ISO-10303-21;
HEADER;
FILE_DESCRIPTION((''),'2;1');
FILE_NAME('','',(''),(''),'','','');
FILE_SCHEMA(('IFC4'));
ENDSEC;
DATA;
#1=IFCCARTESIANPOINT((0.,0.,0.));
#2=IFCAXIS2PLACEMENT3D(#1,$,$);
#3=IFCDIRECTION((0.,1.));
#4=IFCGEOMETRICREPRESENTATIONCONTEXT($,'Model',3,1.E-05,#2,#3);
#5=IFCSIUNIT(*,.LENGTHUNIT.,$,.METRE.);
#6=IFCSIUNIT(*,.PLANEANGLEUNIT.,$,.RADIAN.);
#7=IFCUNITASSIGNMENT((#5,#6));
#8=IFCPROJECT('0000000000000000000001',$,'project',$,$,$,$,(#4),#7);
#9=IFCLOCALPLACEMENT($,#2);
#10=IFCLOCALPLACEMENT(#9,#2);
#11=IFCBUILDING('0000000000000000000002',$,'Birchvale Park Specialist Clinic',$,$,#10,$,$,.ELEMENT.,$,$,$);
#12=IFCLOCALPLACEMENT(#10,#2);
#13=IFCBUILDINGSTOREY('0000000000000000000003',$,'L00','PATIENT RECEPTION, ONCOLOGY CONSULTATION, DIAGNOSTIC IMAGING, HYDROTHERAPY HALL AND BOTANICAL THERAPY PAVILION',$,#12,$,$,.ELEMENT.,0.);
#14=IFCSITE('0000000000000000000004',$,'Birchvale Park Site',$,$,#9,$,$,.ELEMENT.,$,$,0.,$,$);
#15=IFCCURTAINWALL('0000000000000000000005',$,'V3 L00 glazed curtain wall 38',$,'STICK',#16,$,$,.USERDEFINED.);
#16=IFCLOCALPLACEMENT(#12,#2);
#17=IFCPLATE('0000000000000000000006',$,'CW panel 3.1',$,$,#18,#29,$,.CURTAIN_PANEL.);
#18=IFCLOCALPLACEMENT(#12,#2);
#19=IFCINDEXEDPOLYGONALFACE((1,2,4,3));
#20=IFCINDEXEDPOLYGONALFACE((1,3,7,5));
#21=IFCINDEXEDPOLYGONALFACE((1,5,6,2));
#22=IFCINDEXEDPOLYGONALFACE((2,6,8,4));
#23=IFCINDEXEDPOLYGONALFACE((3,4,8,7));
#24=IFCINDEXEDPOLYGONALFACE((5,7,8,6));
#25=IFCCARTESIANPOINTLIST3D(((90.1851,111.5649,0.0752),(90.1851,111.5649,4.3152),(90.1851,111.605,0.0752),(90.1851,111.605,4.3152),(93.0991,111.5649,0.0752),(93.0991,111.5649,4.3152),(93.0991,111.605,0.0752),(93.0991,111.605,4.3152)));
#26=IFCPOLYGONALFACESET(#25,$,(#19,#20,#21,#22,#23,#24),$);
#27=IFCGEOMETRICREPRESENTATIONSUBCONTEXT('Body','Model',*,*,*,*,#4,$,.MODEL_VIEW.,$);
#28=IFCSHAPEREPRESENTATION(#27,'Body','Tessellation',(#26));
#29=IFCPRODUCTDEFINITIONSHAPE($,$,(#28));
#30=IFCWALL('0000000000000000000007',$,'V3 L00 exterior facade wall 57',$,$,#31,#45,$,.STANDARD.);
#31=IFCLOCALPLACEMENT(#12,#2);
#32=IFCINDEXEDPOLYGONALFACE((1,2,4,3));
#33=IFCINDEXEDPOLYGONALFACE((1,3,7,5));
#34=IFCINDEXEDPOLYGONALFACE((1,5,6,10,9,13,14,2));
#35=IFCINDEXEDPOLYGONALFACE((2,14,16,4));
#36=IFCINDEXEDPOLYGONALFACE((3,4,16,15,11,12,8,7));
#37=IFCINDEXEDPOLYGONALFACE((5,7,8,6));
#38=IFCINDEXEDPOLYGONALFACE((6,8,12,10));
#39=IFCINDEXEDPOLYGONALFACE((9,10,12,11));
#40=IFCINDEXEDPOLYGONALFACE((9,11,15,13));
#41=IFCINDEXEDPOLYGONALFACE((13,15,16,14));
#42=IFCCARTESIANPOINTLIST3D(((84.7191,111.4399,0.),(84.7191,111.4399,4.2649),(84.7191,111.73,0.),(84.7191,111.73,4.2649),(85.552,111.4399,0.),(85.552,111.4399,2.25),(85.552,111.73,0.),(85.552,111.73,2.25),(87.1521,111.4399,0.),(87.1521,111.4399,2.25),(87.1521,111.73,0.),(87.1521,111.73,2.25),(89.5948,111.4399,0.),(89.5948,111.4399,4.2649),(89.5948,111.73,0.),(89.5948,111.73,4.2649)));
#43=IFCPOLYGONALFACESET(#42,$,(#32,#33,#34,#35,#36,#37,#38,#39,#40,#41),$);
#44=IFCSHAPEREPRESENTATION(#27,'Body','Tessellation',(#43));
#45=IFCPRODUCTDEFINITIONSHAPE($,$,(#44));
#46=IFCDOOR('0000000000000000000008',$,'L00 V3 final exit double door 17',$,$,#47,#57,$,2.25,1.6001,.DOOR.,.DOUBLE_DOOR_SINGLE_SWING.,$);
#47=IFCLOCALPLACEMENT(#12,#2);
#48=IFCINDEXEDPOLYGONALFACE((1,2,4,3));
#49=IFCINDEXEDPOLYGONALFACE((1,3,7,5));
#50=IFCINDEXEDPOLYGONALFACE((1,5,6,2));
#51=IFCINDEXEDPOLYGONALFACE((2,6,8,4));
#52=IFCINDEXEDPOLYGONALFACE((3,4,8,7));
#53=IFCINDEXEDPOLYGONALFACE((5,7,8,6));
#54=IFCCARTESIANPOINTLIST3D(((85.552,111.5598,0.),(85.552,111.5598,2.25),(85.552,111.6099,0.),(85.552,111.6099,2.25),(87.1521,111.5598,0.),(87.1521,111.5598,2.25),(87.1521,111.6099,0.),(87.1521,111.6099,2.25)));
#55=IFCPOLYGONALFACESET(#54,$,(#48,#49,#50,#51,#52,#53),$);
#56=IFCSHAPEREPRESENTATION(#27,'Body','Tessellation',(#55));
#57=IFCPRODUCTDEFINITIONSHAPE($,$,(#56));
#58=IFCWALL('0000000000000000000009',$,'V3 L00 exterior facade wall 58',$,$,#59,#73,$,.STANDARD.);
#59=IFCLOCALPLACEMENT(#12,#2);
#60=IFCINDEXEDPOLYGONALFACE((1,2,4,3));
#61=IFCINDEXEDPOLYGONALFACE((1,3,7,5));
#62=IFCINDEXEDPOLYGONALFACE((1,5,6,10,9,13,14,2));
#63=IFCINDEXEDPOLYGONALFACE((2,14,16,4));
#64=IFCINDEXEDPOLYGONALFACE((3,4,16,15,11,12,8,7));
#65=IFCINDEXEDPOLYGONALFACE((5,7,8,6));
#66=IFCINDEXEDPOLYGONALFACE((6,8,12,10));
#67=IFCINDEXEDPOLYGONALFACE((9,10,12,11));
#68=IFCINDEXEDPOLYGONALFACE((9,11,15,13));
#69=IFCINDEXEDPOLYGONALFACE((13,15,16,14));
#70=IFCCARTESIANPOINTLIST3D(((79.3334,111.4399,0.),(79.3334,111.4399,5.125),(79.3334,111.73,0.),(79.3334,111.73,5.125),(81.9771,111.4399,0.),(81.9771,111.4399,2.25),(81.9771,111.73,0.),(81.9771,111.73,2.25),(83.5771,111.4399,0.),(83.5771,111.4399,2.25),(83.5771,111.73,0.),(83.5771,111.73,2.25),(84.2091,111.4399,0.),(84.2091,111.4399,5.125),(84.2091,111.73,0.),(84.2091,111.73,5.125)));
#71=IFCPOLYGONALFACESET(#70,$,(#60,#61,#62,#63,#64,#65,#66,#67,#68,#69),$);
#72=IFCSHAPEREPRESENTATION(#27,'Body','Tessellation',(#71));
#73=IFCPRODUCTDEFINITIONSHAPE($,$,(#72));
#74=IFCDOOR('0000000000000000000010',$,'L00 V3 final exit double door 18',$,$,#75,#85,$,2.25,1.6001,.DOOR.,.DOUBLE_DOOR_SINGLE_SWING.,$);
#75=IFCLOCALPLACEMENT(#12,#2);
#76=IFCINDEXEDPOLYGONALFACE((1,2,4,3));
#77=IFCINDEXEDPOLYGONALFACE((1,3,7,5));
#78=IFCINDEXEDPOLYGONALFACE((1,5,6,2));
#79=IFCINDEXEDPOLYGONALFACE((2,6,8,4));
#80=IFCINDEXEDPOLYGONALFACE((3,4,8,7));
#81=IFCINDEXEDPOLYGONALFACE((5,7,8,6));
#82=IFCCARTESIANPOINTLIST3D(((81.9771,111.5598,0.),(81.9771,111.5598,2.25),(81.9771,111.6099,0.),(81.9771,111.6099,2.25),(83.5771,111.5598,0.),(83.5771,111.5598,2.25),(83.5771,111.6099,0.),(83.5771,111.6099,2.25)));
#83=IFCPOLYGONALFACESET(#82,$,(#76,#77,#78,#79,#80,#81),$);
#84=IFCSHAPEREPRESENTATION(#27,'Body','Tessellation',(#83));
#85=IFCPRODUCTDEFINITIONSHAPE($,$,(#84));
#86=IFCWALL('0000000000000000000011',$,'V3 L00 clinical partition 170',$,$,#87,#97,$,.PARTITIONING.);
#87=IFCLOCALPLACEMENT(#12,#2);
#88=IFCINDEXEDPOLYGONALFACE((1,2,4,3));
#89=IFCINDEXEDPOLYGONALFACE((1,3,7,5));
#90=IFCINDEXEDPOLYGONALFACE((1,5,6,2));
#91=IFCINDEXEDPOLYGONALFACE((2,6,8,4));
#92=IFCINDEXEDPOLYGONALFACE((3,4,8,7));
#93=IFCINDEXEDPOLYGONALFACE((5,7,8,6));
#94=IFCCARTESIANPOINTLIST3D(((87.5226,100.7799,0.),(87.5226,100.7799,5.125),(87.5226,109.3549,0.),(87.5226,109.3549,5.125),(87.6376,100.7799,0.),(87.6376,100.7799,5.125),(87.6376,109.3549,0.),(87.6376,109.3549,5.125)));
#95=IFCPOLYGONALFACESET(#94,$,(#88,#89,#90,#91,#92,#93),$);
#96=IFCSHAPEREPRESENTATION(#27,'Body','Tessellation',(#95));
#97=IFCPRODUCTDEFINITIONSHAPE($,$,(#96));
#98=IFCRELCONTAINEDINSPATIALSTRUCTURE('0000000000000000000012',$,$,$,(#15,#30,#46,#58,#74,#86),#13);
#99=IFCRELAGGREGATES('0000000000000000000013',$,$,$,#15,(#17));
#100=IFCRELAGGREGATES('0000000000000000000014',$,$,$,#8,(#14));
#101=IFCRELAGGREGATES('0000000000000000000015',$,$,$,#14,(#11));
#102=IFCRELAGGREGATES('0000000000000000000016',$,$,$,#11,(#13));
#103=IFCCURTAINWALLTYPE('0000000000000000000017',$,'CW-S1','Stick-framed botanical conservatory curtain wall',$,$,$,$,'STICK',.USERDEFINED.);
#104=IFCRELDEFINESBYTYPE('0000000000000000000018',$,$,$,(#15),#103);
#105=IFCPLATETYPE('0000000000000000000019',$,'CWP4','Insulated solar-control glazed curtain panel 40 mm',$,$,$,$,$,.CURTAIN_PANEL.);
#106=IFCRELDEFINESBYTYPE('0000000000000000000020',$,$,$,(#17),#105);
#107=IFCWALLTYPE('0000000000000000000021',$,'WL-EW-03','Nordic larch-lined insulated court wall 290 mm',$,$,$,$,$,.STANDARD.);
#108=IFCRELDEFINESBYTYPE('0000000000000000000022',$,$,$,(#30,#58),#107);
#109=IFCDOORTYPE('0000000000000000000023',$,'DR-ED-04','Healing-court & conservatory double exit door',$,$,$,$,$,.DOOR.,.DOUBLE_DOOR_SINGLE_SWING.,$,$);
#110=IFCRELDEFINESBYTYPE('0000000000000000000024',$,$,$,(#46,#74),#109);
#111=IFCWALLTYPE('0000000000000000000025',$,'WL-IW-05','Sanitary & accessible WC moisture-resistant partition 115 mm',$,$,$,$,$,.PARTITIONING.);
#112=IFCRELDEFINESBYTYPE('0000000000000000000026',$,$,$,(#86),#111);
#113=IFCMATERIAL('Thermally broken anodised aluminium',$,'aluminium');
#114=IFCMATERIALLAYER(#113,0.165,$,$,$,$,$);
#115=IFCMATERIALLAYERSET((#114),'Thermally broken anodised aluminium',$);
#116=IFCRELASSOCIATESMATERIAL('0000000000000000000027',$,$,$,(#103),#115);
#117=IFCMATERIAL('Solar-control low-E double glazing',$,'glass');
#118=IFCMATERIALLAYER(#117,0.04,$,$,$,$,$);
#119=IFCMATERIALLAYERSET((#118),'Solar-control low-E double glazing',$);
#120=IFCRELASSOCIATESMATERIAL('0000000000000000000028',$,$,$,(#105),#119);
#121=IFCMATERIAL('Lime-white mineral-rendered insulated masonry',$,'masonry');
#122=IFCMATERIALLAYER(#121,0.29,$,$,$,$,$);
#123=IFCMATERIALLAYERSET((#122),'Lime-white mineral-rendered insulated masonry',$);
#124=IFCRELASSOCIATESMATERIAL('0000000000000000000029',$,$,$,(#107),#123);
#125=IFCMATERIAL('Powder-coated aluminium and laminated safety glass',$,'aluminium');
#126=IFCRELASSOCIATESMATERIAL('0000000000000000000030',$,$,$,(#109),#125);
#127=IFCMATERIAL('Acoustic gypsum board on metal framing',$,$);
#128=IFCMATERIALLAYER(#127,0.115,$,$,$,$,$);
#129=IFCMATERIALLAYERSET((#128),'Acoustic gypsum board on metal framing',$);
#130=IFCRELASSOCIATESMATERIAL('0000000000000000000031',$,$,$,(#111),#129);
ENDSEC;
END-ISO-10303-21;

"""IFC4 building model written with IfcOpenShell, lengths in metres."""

from ifc_helpers import new_model, si_unit, direction, frame, frame_2d, origin, origin_2d, place, context, subcontext, project, spatial, rectangle, extrude, material, layer, layer_set, type_object, element, fill, aggregate, save


model = new_model("IFC4")

# Units and contexts
model_context = context("Model", 3, precision=1e-05, world=origin(), true_north=direction((0.0, 1.0)))
body_context = subcontext(model_context, "Body", "Model", "MODEL_VIEW")
ifc_project = project(units=[si_unit("LENGTHUNIT", "METRE"), si_unit("PLANEANGLEUNIT", "RADIAN")], contexts=[model_context])

# Site, building, storey
site_placement = place(None, origin())
site = spatial("IfcSite", under=ifc_project, at=site_placement, Name="Birchvale Park Site", CompositionType="ELEMENT", RefElevation=0.0)
building_placement = place(site_placement, origin())
building = spatial("IfcBuilding", under=site, at=building_placement, Name="Birchvale Park Specialist Clinic", CompositionType="ELEMENT")
storey_placement = place(building_placement, origin())
storey = spatial("IfcBuildingStorey", under=building, at=storey_placement, Name="L00", Description="PATIENT RECEPTION, ONCOLOGY CONSULTATION, DIAGNOSTIC IMAGING, HYDROTHERAPY HALL AND BOTANICAL THERAPY PAVILION", CompositionType="ELEMENT", Elevation=0.0)

# Curtain wall
ifc_material_1 = material(Name="Thermally broken anodised aluminium", Category="aluminium")
ifc_layer_1 = layer(ifc_material_1, 0.165)
ifc_layer_set_1 = layer_set([ifc_layer_1], Name="Thermally broken anodised aluminium")
curtain_wall_type = type_object("IfcCurtainWallType", Name="CW-S1", Description="Stick-framed botanical conservatory curtain wall", ElementType="STICK", PredefinedType="USERDEFINED", material=ifc_layer_set_1)
curtain_wall_placement = place(storey_placement, origin())
curtain_wall = element("IfcCurtainWall", 1, at=curtain_wall_placement, inside=storey, type_object=curtain_wall_type, Name="V3 L00 glazed curtain wall 38", ObjectType="STICK", PredefinedType="USERDEFINED")

# Plate
ifc_material_2 = material(Name="Solar-control low-E double glazing", Category="glass")
ifc_layer_2 = layer(ifc_material_2, 0.04)
ifc_layer_set_2 = layer_set([ifc_layer_2], Name="Solar-control low-E double glazing")
plate_type = type_object("IfcPlateType", Name="CWP4", Description="Insulated solar-control glazed curtain panel 40 mm", PredefinedType="CURTAIN_PANEL", material=ifc_layer_set_2)
plate_placement = place(storey_placement, frame((91.6421, 111.585, 0.0752), z_axis=(0.0, 0.0, 1.0), x_axis=(-1.0, 0.0, 0.0)))
plate = element("IfcPlate", 2, at=plate_placement, type_object=plate_type, Name="CW panel 3.1", PredefinedType="CURTAIN_PANEL", context=body_context, shape_type="SweptSolid", body=[
    extrude(rectangle(XDim=2.9141, YDim=0.04, at=origin_2d()), origin(), (0.0, 0.0, 1.0), 4.24),
])
aggregate(curtain_wall, [plate])

# Walls, openings, doors
ifc_material_3 = material(Name="Lime-white mineral-rendered insulated masonry", Category="masonry")
ifc_layer_3 = layer(ifc_material_3, 0.29)
ifc_layer_set_3 = layer_set([ifc_layer_3], Name="Lime-white mineral-rendered insulated masonry")
wall_type_1 = type_object("IfcWallType", Name="WL-EW-03", Description="Nordic larch-lined insulated court wall 290 mm", PredefinedType="STANDARD", material=ifc_layer_set_3)
wall_1_placement = place(storey_placement, frame((89.595, 111.585, 0.0), z_axis=(0.0, 0.0, 1.0), x_axis=(-1.0, 0.0, 0.0)))
wall_1 = element("IfcWall", 3, at=wall_1_placement, inside=storey, type_object=wall_type_1, Name="V3 L00 exterior facade wall 57", PredefinedType="STANDARD", context=body_context, shape_type="SweptSolid", body=[
    extrude(rectangle(XDim=4.8757, YDim=0.29, at=frame_2d((2.438, 0.0))), origin(), (0.0, 0.0, 1.0), 4.2649),
])
opening_1_placement = place(wall_1_placement, frame((2.4429, 0.0, 0.0)))
opening_1 = element("IfcOpeningElement", 4, at=opening_1_placement, cuts=wall_1, PredefinedType="OPENING", context=body_context, shape_type="SweptSolid", body=[
    extrude(rectangle(XDim=1.6001, YDim=2.25, at=frame_2d((0.8, 1.125))), frame((0.0, 0.155, 0.0), z_axis=(0.0, -1.0, 0.0), x_axis=(1.0, 0.0, 0.0)), (0.0, 0.0, 1.0), 0.3101),
])
ifc_material_4 = material(Name="Powder-coated aluminium and laminated safety glass", Category="aluminium")
door_type = type_object("IfcDoorType", Name="DR-ED-04", Description="Healing-court & conservatory double exit door", OperationType="DOUBLE_DOOR_SINGLE_SWING", PredefinedType="DOOR", material=ifc_material_4)
door_1_placement = place(opening_1_placement, frame((1.6001, 0.0, 0.0), z_axis=(0.0, 0.0, 1.0), x_axis=(-1.0, 0.0, 0.0)))
door_1 = element("IfcDoor", 5, at=door_1_placement, inside=storey, type_object=door_type, Name="L00 V3 final exit double door 17", OperationType="DOUBLE_DOOR_SINGLE_SWING", OverallHeight=2.25, OverallWidth=1.6001, PredefinedType="DOOR", context=body_context, shape_type="SweptSolid", body=[
    extrude(rectangle(XDim=1.6001, YDim=2.25, at=frame_2d((0.8, 1.125))), frame((0.0, 0.0249, 0.0), z_axis=(0.0, -1.0, 0.0), x_axis=(1.0, 0.0, 0.0)), (0.0, 0.0, 1.0), 0.05),
])
fill(opening_1, door_1)
wall_2_placement = place(storey_placement, frame((84.2092, 111.585, 0.0), z_axis=(0.0, 0.0, 1.0), x_axis=(-1.0, 0.0, 0.0)))
wall_2 = element("IfcWall", 6, at=wall_2_placement, inside=storey, type_object=wall_type_1, Name="V3 L00 exterior facade wall 58", PredefinedType="STANDARD", context=body_context, shape_type="SweptSolid", body=[
    extrude(rectangle(XDim=4.8757, YDim=0.29, at=frame_2d((2.438, 0.0))), origin(), (0.0, 0.0, 1.0), 5.125),
])
opening_2_placement = place(wall_2_placement, frame((0.6321, 0.0, 0.0)))
opening_2 = element("IfcOpeningElement", 7, at=opening_2_placement, cuts=wall_2, PredefinedType="OPENING", context=body_context, shape_type="SweptSolid", body=[
    extrude(rectangle(XDim=1.6001, YDim=2.25, at=frame_2d((0.8, 1.125))), frame((0.0, 0.155, 0.0), z_axis=(0.0, -1.0, 0.0), x_axis=(1.0, 0.0, 0.0)), (0.0, 0.0, 1.0), 0.3101),
])
door_2_placement = place(opening_2_placement, frame((1.6001, 0.0, 0.0), z_axis=(0.0, 0.0, 1.0), x_axis=(-1.0, 0.0, 0.0)))
door_2 = element("IfcDoor", 8, at=door_2_placement, inside=storey, type_object=door_type, Name="L00 V3 final exit double door 18", OperationType="DOUBLE_DOOR_SINGLE_SWING", OverallHeight=2.25, OverallWidth=1.6001, PredefinedType="DOOR", context=body_context, shape_type="SweptSolid", body=[
    extrude(rectangle(XDim=1.6001, YDim=2.25, at=frame_2d((0.8, 1.125))), frame((0.0, 0.0249, 0.0), z_axis=(0.0, -1.0, 0.0), x_axis=(1.0, 0.0, 0.0)), (0.0, 0.0, 1.0), 0.05),
])
fill(opening_2, door_2)

# Wall
ifc_material_5 = material(Name="Acoustic gypsum board on metal framing")
ifc_layer_4 = layer(ifc_material_5, 0.115)
ifc_layer_set_4 = layer_set([ifc_layer_4], Name="Acoustic gypsum board on metal framing")
wall_type_2 = type_object("IfcWallType", Name="WL-IW-05", Description="Sanitary & accessible WC moisture-resistant partition 115 mm", PredefinedType="PARTITIONING", material=ifc_layer_set_4)
wall_3_placement = place(storey_placement, frame((87.5801, 109.355, 0.0), z_axis=(0.0, 0.0, 1.0), x_axis=(0.0, -1.0, 0.0)))
element("IfcWall", 9, at=wall_3_placement, inside=storey, type_object=wall_type_2, Name="V3 L00 clinical partition 170", PredefinedType="PARTITIONING", context=body_context, shape_type="SweptSolid", body=[
    extrude(rectangle(XDim=8.575, YDim=0.115, at=frame_2d((4.2876, 0.0))), origin(), (0.0, 0.0, 1.0), 5.125),
])

save(model, "model.ifc")
